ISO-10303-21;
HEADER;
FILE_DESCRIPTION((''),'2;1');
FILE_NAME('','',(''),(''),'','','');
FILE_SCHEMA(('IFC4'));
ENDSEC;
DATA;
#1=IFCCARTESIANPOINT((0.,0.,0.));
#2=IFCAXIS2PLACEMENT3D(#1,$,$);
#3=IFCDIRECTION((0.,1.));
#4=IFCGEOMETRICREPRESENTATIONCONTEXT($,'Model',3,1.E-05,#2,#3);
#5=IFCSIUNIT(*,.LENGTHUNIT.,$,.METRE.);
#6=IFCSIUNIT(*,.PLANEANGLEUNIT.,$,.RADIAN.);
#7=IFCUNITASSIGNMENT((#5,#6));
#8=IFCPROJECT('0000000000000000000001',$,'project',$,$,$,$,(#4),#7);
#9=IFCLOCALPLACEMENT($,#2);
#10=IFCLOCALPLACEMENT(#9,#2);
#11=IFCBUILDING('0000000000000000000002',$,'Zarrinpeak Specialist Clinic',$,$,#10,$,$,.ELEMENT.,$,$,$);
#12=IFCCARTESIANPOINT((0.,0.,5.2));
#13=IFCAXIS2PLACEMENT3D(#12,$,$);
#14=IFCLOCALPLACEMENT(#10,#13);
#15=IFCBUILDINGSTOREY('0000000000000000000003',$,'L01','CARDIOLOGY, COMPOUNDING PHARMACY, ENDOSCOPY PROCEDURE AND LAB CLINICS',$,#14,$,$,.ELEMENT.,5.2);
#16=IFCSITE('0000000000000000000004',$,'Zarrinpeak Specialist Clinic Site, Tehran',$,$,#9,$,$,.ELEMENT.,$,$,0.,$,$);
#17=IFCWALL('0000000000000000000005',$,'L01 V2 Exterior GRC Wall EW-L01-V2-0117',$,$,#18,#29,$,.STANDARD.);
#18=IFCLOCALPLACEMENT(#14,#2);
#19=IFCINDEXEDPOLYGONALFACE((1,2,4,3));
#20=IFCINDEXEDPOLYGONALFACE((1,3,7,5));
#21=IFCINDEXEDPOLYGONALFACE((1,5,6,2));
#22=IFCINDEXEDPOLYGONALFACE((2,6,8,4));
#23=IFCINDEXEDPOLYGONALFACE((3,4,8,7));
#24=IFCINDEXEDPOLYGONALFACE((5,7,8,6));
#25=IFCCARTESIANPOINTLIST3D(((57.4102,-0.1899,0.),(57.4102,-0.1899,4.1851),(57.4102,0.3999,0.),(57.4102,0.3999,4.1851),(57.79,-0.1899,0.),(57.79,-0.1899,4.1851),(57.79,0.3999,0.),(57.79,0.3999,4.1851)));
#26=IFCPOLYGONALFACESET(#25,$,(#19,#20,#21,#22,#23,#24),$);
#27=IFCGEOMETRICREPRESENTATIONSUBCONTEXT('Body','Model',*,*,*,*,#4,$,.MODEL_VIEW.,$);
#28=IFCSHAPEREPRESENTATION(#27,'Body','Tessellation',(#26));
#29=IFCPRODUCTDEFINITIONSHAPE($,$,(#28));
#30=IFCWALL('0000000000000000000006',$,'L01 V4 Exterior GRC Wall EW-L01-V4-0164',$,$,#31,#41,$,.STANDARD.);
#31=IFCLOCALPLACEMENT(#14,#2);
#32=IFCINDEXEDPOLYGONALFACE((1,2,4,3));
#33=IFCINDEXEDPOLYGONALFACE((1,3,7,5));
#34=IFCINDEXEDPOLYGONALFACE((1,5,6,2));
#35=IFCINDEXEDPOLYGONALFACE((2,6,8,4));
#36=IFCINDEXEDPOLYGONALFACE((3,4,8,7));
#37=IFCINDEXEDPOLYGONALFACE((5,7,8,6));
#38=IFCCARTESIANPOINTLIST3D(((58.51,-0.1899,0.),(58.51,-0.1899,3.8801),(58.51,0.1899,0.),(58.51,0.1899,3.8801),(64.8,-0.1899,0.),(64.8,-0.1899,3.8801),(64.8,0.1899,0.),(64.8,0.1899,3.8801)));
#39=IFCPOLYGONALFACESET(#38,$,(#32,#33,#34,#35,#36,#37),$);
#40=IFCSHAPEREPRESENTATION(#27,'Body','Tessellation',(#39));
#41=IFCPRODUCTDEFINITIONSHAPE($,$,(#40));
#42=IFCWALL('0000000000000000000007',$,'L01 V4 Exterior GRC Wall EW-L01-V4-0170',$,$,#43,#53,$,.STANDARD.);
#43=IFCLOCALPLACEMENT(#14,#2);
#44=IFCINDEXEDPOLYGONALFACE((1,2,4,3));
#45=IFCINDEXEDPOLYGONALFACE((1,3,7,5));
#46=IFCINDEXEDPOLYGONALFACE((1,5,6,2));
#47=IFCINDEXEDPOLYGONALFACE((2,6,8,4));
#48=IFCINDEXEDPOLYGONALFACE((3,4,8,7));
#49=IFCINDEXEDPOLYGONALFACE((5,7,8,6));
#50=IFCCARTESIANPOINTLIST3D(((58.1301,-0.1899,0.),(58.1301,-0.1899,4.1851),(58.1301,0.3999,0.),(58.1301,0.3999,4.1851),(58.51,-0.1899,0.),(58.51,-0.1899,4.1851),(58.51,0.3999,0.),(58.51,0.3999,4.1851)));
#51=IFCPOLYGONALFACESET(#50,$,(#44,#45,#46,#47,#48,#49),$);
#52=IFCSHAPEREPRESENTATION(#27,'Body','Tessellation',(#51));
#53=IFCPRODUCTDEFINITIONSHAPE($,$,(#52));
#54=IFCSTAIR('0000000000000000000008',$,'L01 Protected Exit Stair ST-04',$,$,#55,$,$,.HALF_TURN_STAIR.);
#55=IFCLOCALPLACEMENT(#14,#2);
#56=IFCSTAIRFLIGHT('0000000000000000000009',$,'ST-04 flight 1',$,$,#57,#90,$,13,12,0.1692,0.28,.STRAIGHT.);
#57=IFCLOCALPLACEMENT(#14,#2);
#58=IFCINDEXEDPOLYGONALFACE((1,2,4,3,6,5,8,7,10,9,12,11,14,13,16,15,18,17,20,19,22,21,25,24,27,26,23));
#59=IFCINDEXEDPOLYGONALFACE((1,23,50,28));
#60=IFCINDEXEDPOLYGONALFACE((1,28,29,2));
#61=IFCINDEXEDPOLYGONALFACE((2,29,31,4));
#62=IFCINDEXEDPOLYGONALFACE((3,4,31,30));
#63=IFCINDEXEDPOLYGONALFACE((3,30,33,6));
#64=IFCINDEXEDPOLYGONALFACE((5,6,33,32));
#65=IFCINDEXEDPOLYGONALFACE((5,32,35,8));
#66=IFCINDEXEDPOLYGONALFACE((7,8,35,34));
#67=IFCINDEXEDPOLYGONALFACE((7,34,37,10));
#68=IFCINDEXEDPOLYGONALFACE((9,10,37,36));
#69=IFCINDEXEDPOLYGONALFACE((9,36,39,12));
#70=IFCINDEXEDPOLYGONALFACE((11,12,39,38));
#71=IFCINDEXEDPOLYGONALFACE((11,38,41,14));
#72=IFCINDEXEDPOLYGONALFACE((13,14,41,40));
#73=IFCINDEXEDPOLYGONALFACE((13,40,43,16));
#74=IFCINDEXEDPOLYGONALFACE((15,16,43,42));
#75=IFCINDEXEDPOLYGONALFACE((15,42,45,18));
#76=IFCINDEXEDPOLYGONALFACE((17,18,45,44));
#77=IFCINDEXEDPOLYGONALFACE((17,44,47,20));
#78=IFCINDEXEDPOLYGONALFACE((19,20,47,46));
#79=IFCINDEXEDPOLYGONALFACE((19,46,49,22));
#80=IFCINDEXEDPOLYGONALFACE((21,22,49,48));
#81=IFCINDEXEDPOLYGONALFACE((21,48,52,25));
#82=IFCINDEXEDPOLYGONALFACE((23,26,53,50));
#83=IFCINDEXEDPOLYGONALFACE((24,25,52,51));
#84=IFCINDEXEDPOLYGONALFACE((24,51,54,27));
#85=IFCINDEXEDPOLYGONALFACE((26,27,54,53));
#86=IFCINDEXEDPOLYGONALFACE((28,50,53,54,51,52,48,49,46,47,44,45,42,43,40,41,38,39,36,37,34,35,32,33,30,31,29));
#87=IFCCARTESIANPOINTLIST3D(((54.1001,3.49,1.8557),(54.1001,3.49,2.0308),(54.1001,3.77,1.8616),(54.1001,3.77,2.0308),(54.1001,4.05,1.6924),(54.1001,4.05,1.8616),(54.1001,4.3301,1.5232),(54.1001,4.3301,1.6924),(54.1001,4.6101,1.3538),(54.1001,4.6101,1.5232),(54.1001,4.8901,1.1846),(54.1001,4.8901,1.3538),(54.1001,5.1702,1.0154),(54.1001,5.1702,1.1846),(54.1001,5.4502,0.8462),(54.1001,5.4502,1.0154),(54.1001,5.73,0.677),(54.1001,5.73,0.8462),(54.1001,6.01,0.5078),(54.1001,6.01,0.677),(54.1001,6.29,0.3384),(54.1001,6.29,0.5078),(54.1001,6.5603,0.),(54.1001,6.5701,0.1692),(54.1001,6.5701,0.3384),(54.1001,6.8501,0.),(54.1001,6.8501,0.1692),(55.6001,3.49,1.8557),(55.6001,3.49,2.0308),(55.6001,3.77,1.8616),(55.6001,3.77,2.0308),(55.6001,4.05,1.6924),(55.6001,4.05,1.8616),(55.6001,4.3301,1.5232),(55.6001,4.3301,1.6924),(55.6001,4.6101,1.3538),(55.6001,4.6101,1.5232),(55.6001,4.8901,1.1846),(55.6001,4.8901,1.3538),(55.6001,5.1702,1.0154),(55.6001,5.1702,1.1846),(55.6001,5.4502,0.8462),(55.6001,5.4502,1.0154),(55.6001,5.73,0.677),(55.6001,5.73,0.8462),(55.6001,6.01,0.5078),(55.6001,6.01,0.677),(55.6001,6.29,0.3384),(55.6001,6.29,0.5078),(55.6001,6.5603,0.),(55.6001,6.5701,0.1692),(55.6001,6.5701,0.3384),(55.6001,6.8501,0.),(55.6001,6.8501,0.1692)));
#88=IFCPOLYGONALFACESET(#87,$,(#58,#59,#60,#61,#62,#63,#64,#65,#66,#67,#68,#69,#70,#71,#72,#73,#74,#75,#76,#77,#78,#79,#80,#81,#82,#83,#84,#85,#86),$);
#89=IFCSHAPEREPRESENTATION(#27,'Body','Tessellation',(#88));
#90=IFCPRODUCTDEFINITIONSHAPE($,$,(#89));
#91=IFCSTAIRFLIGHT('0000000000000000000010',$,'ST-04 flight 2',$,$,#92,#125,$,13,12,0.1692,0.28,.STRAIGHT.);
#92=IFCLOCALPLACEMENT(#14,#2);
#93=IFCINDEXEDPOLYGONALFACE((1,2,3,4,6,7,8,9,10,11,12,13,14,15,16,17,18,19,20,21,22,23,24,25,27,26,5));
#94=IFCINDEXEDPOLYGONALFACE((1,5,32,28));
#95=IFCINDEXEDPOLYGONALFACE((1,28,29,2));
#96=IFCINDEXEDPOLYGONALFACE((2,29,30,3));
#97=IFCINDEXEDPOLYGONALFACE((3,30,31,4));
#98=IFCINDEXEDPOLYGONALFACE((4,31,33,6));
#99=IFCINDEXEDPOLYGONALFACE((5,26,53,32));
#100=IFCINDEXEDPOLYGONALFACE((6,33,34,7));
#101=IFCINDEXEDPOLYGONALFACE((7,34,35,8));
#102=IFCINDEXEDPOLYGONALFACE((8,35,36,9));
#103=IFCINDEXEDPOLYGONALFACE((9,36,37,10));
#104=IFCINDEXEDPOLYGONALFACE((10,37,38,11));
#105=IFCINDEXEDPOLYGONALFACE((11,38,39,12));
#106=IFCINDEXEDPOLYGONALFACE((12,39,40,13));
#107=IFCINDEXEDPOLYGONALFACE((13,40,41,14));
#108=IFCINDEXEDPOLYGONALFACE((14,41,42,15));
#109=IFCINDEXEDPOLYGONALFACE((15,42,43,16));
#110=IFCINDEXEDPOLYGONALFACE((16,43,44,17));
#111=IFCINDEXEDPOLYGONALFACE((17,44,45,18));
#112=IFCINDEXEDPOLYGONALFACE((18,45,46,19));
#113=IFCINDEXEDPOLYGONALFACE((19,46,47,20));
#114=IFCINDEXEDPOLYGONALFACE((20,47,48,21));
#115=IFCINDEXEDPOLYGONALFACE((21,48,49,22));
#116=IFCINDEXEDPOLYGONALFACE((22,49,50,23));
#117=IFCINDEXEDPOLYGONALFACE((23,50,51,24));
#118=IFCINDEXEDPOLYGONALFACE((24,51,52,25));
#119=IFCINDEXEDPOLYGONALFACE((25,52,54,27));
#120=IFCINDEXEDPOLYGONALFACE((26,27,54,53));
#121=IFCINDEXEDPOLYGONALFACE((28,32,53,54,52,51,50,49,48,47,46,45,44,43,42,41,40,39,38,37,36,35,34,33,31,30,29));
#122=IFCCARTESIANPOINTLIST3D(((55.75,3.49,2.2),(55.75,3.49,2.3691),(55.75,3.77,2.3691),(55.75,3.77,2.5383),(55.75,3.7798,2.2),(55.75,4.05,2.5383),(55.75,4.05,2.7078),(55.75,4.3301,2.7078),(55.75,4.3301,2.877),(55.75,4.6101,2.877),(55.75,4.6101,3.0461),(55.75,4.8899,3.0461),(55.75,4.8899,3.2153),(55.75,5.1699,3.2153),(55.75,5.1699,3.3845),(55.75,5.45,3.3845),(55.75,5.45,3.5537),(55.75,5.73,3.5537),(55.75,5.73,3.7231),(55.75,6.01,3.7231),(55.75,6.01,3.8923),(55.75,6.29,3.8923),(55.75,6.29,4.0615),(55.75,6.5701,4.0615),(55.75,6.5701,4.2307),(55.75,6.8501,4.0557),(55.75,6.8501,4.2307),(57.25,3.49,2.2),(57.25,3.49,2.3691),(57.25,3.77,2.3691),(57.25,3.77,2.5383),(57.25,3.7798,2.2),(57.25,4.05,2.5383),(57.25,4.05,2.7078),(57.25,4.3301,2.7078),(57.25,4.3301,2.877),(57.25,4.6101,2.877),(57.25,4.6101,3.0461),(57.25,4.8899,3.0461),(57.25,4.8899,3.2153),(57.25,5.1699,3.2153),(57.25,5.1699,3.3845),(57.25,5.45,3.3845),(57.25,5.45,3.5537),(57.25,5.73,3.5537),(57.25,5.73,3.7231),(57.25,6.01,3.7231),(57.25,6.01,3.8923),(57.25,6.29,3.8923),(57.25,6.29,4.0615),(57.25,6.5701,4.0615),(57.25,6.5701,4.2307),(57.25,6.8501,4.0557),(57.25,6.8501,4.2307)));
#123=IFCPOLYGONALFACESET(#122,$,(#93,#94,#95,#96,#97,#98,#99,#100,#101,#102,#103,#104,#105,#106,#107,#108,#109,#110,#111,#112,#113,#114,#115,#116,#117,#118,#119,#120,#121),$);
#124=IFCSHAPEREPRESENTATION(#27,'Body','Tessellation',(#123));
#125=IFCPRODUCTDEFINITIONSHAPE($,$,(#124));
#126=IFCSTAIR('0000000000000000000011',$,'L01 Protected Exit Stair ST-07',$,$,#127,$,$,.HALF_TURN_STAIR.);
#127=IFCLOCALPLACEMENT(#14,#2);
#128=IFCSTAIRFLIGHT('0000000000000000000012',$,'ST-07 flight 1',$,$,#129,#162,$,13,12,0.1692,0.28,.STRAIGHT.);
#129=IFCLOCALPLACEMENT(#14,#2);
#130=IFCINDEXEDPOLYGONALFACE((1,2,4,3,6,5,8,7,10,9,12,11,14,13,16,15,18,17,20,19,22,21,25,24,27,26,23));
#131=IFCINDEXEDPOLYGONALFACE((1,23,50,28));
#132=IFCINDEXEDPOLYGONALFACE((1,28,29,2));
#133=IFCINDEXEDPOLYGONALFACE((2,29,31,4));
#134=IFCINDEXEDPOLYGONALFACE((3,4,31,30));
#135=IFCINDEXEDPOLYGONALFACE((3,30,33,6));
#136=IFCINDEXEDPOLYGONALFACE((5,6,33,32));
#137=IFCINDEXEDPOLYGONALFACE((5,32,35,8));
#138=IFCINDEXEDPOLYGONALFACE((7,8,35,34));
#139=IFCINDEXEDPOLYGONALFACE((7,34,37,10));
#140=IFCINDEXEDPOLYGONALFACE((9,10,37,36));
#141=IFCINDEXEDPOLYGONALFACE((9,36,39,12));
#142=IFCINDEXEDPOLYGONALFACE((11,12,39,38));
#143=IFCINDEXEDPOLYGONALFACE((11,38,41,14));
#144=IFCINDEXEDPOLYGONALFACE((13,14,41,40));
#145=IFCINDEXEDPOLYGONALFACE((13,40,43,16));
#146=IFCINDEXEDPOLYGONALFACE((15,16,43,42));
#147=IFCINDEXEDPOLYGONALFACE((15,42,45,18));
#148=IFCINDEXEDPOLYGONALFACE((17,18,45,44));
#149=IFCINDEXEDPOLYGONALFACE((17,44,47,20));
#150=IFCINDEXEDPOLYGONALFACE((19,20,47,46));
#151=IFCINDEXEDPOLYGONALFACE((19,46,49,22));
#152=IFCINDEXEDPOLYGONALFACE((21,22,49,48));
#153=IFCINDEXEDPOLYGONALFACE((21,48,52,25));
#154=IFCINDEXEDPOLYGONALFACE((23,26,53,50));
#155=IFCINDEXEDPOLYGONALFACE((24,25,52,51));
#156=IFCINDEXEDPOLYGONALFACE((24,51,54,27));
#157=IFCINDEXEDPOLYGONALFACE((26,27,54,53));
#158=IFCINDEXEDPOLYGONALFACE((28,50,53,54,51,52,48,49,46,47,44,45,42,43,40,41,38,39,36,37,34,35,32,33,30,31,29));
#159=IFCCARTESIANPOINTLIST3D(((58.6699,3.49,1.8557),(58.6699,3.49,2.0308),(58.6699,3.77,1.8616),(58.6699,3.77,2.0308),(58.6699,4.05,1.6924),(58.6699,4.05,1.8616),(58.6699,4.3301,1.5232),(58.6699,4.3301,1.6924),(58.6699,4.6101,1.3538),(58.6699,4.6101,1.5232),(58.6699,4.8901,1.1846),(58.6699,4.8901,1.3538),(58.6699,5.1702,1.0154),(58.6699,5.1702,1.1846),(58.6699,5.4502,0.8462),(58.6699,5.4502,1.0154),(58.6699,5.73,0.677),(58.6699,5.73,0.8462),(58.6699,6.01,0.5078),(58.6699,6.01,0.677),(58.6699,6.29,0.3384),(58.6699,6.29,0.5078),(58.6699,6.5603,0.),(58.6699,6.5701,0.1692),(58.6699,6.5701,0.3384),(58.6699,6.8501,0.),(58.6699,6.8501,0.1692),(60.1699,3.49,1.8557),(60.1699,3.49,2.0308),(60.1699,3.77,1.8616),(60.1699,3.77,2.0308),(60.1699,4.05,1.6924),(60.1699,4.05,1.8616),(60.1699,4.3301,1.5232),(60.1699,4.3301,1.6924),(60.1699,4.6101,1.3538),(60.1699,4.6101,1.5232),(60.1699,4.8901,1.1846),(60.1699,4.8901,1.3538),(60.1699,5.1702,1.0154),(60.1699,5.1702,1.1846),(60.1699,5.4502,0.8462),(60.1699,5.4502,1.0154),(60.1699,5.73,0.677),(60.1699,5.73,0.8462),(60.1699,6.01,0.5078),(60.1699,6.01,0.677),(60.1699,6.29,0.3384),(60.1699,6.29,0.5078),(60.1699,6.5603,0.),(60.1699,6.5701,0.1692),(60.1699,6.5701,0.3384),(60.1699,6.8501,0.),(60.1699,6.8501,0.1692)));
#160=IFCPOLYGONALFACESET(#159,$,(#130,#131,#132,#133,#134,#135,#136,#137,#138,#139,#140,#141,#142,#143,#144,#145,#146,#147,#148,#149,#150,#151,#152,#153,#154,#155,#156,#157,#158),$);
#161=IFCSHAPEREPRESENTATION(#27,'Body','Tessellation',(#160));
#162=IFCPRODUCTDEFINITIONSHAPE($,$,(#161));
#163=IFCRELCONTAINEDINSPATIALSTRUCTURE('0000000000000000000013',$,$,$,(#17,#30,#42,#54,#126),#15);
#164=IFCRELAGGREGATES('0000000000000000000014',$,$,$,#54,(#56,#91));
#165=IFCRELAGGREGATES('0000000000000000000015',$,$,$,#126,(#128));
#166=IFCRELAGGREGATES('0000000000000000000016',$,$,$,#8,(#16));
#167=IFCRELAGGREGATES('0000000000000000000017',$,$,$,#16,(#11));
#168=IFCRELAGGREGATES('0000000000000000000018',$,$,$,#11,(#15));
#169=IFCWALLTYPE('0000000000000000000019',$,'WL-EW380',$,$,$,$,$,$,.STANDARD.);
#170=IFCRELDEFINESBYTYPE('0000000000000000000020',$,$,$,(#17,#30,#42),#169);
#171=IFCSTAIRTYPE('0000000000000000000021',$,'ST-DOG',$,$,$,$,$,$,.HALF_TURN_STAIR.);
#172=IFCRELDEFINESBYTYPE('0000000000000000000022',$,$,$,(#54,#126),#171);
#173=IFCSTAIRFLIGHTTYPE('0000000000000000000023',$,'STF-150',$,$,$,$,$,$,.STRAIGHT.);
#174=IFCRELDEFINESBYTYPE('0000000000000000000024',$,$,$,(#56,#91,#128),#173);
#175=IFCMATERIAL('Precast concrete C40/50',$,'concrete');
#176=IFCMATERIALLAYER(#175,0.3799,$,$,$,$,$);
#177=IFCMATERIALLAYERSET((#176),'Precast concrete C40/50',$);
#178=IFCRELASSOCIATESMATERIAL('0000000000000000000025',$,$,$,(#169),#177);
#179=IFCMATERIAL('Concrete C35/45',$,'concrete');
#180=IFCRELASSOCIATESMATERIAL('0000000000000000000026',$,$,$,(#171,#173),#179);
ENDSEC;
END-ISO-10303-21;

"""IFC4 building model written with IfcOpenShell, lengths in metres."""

from ifc_helpers import new_model, si_unit, direction, frame, frame_2d, origin, place, context, subcontext, project, spatial, polyline, rectangle, outline, extrude, material, layer, layer_set, type_object, element, aggregate, save


model = new_model("IFC4")

# Units and contexts
model_context = context("Model", 3, precision=1e-05, world=origin(), true_north=direction((0.0, 1.0)))
body_context = subcontext(model_context, "Body", "Model", "MODEL_VIEW")
ifc_project = project(units=[si_unit("LENGTHUNIT", "METRE"), si_unit("PLANEANGLEUNIT", "RADIAN")], contexts=[model_context])

# Site, building, storey
site_placement = place(None, origin())
site = spatial("IfcSite", under=ifc_project, at=site_placement, Name="Zarrinpeak Specialist Clinic Site, Tehran", CompositionType="ELEMENT", RefElevation=0.0)
building_placement = place(site_placement, origin())
building = spatial("IfcBuilding", under=site, at=building_placement, Name="Zarrinpeak Specialist Clinic", CompositionType="ELEMENT")
storey_placement = place(building_placement, frame((0.0, 0.0, 5.2)))
storey = spatial("IfcBuildingStorey", under=building, at=storey_placement, Name="L01", Description="CARDIOLOGY, COMPOUNDING PHARMACY, ENDOSCOPY PROCEDURE AND LAB CLINICS", CompositionType="ELEMENT", Elevation=5.2)

# Walls
ifc_material_1 = material(Name="Precast concrete C40/50", Category="concrete")
ifc_layer_1 = layer(ifc_material_1, 0.3799)
ifc_layer_set_1 = layer_set([ifc_layer_1], Name="Precast concrete C40/50")
wall_type_1 = type_object("IfcWallType", Name="WL-EW380", PredefinedType="STANDARD", material=ifc_layer_set_1)
wall_1_placement = place(storey_placement, frame((57.6001, -0.1899, 0.0), z_axis=(0.0, 0.0, 1.0), x_axis=(0.0, 1.0, 0.0)))
element("IfcWall", 1, at=wall_1_placement, inside=storey, type_object=wall_type_1, Name="L01 V2 Exterior GRC Wall EW-L01-V2-0117", PredefinedType="STANDARD", context=body_context, shape_type="SweptSolid", body=[
    extrude(rectangle(XDim=0.5898, YDim=0.3799, at=frame_2d((0.2949, 0.0))), origin(), (0.0, 0.0, 1.0), 4.1851),
])
wall_2_placement = place(storey_placement, frame((58.51, 0.0, 0.0), z_axis=(0.0, 0.0, 1.0), x_axis=(1.0, 0.0, 0.0)))
element("IfcWall", 2, at=wall_2_placement, inside=storey, type_object=wall_type_1, Name="L01 V4 Exterior GRC Wall EW-L01-V4-0164", PredefinedType="STANDARD", context=body_context, shape_type="SweptSolid", body=[
    extrude(rectangle(XDim=6.29, YDim=0.3799, at=frame_2d((3.145, 0.0))), origin(), (0.0, 0.0, 1.0), 3.8801),
])
wall_3_placement = place(storey_placement, frame((58.3201, 0.3999, 0.0), z_axis=(0.0, 0.0, 1.0), x_axis=(0.0, -1.0, 0.0)))
element("IfcWall", 3, at=wall_3_placement, inside=storey, type_object=wall_type_1, Name="L01 V4 Exterior GRC Wall EW-L01-V4-0170", PredefinedType="STANDARD", context=body_context, shape_type="SweptSolid", body=[
    extrude(rectangle(XDim=0.5898, YDim=0.3799, at=frame_2d((0.2949, 0.0))), origin(), (0.0, 0.0, 1.0), 4.1851),
])

# Stairs, stair flights
ifc_material_2 = material(Name="Concrete C35/45", Category="concrete")
stair_type = type_object("IfcStairType", Name="ST-DOG", PredefinedType="HALF_TURN_STAIR", material=ifc_material_2)
stair_1_placement = place(storey_placement, origin())
stair_1 = element("IfcStair", 4, at=stair_1_placement, inside=storey, type_object=stair_type, Name="L01 Protected Exit Stair ST-04", PredefinedType="HALF_TURN_STAIR")
stair_flight_type = type_object("IfcStairFlightType", Name="STF-150", PredefinedType="STRAIGHT", material=ifc_material_2)
stair_flight_1_placement = place(storey_placement, frame((54.8501, 6.8501, 0.0), z_axis=(0.0, 0.0, 1.0), x_axis=(0.0, -1.0, 0.0)))
stair_flight_1 = element("IfcStairFlight", 5, at=stair_flight_1_placement, type_object=stair_flight_type, Name="ST-04 flight 1", NumberOfRisers=13, NumberOfTreads=12, PredefinedType="STRAIGHT", RiserHeight=0.1692, TreadLength=0.28, context=body_context, shape_type="SweptSolid", body=[
    extrude(outline(polyline([(0.0, 0.0), (0.0, 0.1692), (0.28, 0.1692), (0.28, 0.3384), (0.5601, 0.3384), (0.5601, 0.5078), (0.8401, 0.5078), (0.8401, 0.677), (1.1201, 0.677), (1.1201, 0.8462), (1.3999, 0.8462), (1.3999, 1.0154), (1.6799, 1.0154), (1.6799, 1.1846), (1.96, 1.1846), (1.96, 1.3538), (2.24, 1.3538), (2.24, 1.5232), (2.52, 1.5232), (2.52, 1.6924), (2.8, 1.6924), (2.8, 1.8616), (3.0801, 1.8616), (3.0801, 2.0308), (3.3601, 2.0308), (3.3601, 2.2), (3.3601, 1.8557), (0.2898, 0.0), (0.0, 0.0)])), frame((0.0, 0.75, 0.0), z_axis=(0.0, -1.0, 0.0), x_axis=(1.0, 0.0, 0.0)), (0.0, 0.0, 1.0), 1.5),
])
stair_flight_2_placement = place(storey_placement, frame((56.5, 3.49, 2.2), z_axis=(0.0, 0.0, 1.0), x_axis=(0.0, 1.0, 0.0)))
stair_flight_2 = element("IfcStairFlight", 6, at=stair_flight_2_placement, type_object=stair_flight_type, Name="ST-04 flight 2", NumberOfRisers=13, NumberOfTreads=12, PredefinedType="STRAIGHT", RiserHeight=0.1692, TreadLength=0.28, context=body_context, shape_type="SweptSolid", body=[
    extrude(outline(polyline([(0.0, 0.0), (0.0, 0.1692), (0.28, 0.1692), (0.28, 0.3384), (0.5601, 0.3384), (0.5601, 0.5078), (0.8401, 0.5078), (0.8401, 0.677), (1.1201, 0.677), (1.1201, 0.8462), (1.3999, 0.8462), (1.3999, 1.0154), (1.6799, 1.0154), (1.6799, 1.1846), (1.96, 1.1846), (1.96, 1.3538), (2.24, 1.3538), (2.24, 1.5232), (2.52, 1.5232), (2.52, 1.6924), (2.8, 1.6924), (2.8, 1.8616), (3.0801, 1.8616), (3.0801, 2.0308), (3.3601, 2.0308), (3.3601, 2.2), (3.3601, 1.8557), (0.2898, 0.0), (0.0, 0.0)])), frame((0.0, 0.75, 0.0), z_axis=(0.0, -1.0, 0.0), x_axis=(1.0, 0.0, 0.0)), (0.0, 0.0, 1.0), 1.5),
])
aggregate(stair_1, [stair_flight_1, stair_flight_2])
stair_2_placement = place(storey_placement, origin())
stair_2 = element("IfcStair", 7, at=stair_2_placement, inside=storey, type_object=stair_type, Name="L01 Protected Exit Stair ST-07", PredefinedType="HALF_TURN_STAIR")
stair_flight_3_placement = place(storey_placement, frame((59.4199, 6.8501, 0.0), z_axis=(0.0, 0.0, 1.0), x_axis=(0.0, -1.0, 0.0)))
stair_flight_3 = element("IfcStairFlight", 8, at=stair_flight_3_placement, type_object=stair_flight_type, Name="ST-07 flight 1", NumberOfRisers=13, NumberOfTreads=12, PredefinedType="STRAIGHT", RiserHeight=0.1692, TreadLength=0.28, context=body_context, shape_type="SweptSolid", body=[
    extrude(outline(polyline([(0.0, 0.0), (0.0, 0.1692), (0.28, 0.1692), (0.28, 0.3384), (0.5601, 0.3384), (0.5601, 0.5078), (0.8401, 0.5078), (0.8401, 0.677), (1.1201, 0.677), (1.1201, 0.8462), (1.3999, 0.8462), (1.3999, 1.0154), (1.6799, 1.0154), (1.6799, 1.1846), (1.96, 1.1846), (1.96, 1.3538), (2.24, 1.3538), (2.24, 1.5232), (2.52, 1.5232), (2.52, 1.6924), (2.8, 1.6924), (2.8, 1.8616), (3.0801, 1.8616), (3.0801, 2.0308), (3.3601, 2.0308), (3.3601, 2.2), (3.3601, 1.8557), (0.2898, 0.0), (0.0, 0.0)])), frame((0.0, 0.75, 0.0), z_axis=(0.0, -1.0, 0.0), x_axis=(1.0, 0.0, 0.0)), (0.0, 0.0, 1.0), 1.5),
])
aggregate(stair_2, [stair_flight_3])

save(model, "model.ifc")
